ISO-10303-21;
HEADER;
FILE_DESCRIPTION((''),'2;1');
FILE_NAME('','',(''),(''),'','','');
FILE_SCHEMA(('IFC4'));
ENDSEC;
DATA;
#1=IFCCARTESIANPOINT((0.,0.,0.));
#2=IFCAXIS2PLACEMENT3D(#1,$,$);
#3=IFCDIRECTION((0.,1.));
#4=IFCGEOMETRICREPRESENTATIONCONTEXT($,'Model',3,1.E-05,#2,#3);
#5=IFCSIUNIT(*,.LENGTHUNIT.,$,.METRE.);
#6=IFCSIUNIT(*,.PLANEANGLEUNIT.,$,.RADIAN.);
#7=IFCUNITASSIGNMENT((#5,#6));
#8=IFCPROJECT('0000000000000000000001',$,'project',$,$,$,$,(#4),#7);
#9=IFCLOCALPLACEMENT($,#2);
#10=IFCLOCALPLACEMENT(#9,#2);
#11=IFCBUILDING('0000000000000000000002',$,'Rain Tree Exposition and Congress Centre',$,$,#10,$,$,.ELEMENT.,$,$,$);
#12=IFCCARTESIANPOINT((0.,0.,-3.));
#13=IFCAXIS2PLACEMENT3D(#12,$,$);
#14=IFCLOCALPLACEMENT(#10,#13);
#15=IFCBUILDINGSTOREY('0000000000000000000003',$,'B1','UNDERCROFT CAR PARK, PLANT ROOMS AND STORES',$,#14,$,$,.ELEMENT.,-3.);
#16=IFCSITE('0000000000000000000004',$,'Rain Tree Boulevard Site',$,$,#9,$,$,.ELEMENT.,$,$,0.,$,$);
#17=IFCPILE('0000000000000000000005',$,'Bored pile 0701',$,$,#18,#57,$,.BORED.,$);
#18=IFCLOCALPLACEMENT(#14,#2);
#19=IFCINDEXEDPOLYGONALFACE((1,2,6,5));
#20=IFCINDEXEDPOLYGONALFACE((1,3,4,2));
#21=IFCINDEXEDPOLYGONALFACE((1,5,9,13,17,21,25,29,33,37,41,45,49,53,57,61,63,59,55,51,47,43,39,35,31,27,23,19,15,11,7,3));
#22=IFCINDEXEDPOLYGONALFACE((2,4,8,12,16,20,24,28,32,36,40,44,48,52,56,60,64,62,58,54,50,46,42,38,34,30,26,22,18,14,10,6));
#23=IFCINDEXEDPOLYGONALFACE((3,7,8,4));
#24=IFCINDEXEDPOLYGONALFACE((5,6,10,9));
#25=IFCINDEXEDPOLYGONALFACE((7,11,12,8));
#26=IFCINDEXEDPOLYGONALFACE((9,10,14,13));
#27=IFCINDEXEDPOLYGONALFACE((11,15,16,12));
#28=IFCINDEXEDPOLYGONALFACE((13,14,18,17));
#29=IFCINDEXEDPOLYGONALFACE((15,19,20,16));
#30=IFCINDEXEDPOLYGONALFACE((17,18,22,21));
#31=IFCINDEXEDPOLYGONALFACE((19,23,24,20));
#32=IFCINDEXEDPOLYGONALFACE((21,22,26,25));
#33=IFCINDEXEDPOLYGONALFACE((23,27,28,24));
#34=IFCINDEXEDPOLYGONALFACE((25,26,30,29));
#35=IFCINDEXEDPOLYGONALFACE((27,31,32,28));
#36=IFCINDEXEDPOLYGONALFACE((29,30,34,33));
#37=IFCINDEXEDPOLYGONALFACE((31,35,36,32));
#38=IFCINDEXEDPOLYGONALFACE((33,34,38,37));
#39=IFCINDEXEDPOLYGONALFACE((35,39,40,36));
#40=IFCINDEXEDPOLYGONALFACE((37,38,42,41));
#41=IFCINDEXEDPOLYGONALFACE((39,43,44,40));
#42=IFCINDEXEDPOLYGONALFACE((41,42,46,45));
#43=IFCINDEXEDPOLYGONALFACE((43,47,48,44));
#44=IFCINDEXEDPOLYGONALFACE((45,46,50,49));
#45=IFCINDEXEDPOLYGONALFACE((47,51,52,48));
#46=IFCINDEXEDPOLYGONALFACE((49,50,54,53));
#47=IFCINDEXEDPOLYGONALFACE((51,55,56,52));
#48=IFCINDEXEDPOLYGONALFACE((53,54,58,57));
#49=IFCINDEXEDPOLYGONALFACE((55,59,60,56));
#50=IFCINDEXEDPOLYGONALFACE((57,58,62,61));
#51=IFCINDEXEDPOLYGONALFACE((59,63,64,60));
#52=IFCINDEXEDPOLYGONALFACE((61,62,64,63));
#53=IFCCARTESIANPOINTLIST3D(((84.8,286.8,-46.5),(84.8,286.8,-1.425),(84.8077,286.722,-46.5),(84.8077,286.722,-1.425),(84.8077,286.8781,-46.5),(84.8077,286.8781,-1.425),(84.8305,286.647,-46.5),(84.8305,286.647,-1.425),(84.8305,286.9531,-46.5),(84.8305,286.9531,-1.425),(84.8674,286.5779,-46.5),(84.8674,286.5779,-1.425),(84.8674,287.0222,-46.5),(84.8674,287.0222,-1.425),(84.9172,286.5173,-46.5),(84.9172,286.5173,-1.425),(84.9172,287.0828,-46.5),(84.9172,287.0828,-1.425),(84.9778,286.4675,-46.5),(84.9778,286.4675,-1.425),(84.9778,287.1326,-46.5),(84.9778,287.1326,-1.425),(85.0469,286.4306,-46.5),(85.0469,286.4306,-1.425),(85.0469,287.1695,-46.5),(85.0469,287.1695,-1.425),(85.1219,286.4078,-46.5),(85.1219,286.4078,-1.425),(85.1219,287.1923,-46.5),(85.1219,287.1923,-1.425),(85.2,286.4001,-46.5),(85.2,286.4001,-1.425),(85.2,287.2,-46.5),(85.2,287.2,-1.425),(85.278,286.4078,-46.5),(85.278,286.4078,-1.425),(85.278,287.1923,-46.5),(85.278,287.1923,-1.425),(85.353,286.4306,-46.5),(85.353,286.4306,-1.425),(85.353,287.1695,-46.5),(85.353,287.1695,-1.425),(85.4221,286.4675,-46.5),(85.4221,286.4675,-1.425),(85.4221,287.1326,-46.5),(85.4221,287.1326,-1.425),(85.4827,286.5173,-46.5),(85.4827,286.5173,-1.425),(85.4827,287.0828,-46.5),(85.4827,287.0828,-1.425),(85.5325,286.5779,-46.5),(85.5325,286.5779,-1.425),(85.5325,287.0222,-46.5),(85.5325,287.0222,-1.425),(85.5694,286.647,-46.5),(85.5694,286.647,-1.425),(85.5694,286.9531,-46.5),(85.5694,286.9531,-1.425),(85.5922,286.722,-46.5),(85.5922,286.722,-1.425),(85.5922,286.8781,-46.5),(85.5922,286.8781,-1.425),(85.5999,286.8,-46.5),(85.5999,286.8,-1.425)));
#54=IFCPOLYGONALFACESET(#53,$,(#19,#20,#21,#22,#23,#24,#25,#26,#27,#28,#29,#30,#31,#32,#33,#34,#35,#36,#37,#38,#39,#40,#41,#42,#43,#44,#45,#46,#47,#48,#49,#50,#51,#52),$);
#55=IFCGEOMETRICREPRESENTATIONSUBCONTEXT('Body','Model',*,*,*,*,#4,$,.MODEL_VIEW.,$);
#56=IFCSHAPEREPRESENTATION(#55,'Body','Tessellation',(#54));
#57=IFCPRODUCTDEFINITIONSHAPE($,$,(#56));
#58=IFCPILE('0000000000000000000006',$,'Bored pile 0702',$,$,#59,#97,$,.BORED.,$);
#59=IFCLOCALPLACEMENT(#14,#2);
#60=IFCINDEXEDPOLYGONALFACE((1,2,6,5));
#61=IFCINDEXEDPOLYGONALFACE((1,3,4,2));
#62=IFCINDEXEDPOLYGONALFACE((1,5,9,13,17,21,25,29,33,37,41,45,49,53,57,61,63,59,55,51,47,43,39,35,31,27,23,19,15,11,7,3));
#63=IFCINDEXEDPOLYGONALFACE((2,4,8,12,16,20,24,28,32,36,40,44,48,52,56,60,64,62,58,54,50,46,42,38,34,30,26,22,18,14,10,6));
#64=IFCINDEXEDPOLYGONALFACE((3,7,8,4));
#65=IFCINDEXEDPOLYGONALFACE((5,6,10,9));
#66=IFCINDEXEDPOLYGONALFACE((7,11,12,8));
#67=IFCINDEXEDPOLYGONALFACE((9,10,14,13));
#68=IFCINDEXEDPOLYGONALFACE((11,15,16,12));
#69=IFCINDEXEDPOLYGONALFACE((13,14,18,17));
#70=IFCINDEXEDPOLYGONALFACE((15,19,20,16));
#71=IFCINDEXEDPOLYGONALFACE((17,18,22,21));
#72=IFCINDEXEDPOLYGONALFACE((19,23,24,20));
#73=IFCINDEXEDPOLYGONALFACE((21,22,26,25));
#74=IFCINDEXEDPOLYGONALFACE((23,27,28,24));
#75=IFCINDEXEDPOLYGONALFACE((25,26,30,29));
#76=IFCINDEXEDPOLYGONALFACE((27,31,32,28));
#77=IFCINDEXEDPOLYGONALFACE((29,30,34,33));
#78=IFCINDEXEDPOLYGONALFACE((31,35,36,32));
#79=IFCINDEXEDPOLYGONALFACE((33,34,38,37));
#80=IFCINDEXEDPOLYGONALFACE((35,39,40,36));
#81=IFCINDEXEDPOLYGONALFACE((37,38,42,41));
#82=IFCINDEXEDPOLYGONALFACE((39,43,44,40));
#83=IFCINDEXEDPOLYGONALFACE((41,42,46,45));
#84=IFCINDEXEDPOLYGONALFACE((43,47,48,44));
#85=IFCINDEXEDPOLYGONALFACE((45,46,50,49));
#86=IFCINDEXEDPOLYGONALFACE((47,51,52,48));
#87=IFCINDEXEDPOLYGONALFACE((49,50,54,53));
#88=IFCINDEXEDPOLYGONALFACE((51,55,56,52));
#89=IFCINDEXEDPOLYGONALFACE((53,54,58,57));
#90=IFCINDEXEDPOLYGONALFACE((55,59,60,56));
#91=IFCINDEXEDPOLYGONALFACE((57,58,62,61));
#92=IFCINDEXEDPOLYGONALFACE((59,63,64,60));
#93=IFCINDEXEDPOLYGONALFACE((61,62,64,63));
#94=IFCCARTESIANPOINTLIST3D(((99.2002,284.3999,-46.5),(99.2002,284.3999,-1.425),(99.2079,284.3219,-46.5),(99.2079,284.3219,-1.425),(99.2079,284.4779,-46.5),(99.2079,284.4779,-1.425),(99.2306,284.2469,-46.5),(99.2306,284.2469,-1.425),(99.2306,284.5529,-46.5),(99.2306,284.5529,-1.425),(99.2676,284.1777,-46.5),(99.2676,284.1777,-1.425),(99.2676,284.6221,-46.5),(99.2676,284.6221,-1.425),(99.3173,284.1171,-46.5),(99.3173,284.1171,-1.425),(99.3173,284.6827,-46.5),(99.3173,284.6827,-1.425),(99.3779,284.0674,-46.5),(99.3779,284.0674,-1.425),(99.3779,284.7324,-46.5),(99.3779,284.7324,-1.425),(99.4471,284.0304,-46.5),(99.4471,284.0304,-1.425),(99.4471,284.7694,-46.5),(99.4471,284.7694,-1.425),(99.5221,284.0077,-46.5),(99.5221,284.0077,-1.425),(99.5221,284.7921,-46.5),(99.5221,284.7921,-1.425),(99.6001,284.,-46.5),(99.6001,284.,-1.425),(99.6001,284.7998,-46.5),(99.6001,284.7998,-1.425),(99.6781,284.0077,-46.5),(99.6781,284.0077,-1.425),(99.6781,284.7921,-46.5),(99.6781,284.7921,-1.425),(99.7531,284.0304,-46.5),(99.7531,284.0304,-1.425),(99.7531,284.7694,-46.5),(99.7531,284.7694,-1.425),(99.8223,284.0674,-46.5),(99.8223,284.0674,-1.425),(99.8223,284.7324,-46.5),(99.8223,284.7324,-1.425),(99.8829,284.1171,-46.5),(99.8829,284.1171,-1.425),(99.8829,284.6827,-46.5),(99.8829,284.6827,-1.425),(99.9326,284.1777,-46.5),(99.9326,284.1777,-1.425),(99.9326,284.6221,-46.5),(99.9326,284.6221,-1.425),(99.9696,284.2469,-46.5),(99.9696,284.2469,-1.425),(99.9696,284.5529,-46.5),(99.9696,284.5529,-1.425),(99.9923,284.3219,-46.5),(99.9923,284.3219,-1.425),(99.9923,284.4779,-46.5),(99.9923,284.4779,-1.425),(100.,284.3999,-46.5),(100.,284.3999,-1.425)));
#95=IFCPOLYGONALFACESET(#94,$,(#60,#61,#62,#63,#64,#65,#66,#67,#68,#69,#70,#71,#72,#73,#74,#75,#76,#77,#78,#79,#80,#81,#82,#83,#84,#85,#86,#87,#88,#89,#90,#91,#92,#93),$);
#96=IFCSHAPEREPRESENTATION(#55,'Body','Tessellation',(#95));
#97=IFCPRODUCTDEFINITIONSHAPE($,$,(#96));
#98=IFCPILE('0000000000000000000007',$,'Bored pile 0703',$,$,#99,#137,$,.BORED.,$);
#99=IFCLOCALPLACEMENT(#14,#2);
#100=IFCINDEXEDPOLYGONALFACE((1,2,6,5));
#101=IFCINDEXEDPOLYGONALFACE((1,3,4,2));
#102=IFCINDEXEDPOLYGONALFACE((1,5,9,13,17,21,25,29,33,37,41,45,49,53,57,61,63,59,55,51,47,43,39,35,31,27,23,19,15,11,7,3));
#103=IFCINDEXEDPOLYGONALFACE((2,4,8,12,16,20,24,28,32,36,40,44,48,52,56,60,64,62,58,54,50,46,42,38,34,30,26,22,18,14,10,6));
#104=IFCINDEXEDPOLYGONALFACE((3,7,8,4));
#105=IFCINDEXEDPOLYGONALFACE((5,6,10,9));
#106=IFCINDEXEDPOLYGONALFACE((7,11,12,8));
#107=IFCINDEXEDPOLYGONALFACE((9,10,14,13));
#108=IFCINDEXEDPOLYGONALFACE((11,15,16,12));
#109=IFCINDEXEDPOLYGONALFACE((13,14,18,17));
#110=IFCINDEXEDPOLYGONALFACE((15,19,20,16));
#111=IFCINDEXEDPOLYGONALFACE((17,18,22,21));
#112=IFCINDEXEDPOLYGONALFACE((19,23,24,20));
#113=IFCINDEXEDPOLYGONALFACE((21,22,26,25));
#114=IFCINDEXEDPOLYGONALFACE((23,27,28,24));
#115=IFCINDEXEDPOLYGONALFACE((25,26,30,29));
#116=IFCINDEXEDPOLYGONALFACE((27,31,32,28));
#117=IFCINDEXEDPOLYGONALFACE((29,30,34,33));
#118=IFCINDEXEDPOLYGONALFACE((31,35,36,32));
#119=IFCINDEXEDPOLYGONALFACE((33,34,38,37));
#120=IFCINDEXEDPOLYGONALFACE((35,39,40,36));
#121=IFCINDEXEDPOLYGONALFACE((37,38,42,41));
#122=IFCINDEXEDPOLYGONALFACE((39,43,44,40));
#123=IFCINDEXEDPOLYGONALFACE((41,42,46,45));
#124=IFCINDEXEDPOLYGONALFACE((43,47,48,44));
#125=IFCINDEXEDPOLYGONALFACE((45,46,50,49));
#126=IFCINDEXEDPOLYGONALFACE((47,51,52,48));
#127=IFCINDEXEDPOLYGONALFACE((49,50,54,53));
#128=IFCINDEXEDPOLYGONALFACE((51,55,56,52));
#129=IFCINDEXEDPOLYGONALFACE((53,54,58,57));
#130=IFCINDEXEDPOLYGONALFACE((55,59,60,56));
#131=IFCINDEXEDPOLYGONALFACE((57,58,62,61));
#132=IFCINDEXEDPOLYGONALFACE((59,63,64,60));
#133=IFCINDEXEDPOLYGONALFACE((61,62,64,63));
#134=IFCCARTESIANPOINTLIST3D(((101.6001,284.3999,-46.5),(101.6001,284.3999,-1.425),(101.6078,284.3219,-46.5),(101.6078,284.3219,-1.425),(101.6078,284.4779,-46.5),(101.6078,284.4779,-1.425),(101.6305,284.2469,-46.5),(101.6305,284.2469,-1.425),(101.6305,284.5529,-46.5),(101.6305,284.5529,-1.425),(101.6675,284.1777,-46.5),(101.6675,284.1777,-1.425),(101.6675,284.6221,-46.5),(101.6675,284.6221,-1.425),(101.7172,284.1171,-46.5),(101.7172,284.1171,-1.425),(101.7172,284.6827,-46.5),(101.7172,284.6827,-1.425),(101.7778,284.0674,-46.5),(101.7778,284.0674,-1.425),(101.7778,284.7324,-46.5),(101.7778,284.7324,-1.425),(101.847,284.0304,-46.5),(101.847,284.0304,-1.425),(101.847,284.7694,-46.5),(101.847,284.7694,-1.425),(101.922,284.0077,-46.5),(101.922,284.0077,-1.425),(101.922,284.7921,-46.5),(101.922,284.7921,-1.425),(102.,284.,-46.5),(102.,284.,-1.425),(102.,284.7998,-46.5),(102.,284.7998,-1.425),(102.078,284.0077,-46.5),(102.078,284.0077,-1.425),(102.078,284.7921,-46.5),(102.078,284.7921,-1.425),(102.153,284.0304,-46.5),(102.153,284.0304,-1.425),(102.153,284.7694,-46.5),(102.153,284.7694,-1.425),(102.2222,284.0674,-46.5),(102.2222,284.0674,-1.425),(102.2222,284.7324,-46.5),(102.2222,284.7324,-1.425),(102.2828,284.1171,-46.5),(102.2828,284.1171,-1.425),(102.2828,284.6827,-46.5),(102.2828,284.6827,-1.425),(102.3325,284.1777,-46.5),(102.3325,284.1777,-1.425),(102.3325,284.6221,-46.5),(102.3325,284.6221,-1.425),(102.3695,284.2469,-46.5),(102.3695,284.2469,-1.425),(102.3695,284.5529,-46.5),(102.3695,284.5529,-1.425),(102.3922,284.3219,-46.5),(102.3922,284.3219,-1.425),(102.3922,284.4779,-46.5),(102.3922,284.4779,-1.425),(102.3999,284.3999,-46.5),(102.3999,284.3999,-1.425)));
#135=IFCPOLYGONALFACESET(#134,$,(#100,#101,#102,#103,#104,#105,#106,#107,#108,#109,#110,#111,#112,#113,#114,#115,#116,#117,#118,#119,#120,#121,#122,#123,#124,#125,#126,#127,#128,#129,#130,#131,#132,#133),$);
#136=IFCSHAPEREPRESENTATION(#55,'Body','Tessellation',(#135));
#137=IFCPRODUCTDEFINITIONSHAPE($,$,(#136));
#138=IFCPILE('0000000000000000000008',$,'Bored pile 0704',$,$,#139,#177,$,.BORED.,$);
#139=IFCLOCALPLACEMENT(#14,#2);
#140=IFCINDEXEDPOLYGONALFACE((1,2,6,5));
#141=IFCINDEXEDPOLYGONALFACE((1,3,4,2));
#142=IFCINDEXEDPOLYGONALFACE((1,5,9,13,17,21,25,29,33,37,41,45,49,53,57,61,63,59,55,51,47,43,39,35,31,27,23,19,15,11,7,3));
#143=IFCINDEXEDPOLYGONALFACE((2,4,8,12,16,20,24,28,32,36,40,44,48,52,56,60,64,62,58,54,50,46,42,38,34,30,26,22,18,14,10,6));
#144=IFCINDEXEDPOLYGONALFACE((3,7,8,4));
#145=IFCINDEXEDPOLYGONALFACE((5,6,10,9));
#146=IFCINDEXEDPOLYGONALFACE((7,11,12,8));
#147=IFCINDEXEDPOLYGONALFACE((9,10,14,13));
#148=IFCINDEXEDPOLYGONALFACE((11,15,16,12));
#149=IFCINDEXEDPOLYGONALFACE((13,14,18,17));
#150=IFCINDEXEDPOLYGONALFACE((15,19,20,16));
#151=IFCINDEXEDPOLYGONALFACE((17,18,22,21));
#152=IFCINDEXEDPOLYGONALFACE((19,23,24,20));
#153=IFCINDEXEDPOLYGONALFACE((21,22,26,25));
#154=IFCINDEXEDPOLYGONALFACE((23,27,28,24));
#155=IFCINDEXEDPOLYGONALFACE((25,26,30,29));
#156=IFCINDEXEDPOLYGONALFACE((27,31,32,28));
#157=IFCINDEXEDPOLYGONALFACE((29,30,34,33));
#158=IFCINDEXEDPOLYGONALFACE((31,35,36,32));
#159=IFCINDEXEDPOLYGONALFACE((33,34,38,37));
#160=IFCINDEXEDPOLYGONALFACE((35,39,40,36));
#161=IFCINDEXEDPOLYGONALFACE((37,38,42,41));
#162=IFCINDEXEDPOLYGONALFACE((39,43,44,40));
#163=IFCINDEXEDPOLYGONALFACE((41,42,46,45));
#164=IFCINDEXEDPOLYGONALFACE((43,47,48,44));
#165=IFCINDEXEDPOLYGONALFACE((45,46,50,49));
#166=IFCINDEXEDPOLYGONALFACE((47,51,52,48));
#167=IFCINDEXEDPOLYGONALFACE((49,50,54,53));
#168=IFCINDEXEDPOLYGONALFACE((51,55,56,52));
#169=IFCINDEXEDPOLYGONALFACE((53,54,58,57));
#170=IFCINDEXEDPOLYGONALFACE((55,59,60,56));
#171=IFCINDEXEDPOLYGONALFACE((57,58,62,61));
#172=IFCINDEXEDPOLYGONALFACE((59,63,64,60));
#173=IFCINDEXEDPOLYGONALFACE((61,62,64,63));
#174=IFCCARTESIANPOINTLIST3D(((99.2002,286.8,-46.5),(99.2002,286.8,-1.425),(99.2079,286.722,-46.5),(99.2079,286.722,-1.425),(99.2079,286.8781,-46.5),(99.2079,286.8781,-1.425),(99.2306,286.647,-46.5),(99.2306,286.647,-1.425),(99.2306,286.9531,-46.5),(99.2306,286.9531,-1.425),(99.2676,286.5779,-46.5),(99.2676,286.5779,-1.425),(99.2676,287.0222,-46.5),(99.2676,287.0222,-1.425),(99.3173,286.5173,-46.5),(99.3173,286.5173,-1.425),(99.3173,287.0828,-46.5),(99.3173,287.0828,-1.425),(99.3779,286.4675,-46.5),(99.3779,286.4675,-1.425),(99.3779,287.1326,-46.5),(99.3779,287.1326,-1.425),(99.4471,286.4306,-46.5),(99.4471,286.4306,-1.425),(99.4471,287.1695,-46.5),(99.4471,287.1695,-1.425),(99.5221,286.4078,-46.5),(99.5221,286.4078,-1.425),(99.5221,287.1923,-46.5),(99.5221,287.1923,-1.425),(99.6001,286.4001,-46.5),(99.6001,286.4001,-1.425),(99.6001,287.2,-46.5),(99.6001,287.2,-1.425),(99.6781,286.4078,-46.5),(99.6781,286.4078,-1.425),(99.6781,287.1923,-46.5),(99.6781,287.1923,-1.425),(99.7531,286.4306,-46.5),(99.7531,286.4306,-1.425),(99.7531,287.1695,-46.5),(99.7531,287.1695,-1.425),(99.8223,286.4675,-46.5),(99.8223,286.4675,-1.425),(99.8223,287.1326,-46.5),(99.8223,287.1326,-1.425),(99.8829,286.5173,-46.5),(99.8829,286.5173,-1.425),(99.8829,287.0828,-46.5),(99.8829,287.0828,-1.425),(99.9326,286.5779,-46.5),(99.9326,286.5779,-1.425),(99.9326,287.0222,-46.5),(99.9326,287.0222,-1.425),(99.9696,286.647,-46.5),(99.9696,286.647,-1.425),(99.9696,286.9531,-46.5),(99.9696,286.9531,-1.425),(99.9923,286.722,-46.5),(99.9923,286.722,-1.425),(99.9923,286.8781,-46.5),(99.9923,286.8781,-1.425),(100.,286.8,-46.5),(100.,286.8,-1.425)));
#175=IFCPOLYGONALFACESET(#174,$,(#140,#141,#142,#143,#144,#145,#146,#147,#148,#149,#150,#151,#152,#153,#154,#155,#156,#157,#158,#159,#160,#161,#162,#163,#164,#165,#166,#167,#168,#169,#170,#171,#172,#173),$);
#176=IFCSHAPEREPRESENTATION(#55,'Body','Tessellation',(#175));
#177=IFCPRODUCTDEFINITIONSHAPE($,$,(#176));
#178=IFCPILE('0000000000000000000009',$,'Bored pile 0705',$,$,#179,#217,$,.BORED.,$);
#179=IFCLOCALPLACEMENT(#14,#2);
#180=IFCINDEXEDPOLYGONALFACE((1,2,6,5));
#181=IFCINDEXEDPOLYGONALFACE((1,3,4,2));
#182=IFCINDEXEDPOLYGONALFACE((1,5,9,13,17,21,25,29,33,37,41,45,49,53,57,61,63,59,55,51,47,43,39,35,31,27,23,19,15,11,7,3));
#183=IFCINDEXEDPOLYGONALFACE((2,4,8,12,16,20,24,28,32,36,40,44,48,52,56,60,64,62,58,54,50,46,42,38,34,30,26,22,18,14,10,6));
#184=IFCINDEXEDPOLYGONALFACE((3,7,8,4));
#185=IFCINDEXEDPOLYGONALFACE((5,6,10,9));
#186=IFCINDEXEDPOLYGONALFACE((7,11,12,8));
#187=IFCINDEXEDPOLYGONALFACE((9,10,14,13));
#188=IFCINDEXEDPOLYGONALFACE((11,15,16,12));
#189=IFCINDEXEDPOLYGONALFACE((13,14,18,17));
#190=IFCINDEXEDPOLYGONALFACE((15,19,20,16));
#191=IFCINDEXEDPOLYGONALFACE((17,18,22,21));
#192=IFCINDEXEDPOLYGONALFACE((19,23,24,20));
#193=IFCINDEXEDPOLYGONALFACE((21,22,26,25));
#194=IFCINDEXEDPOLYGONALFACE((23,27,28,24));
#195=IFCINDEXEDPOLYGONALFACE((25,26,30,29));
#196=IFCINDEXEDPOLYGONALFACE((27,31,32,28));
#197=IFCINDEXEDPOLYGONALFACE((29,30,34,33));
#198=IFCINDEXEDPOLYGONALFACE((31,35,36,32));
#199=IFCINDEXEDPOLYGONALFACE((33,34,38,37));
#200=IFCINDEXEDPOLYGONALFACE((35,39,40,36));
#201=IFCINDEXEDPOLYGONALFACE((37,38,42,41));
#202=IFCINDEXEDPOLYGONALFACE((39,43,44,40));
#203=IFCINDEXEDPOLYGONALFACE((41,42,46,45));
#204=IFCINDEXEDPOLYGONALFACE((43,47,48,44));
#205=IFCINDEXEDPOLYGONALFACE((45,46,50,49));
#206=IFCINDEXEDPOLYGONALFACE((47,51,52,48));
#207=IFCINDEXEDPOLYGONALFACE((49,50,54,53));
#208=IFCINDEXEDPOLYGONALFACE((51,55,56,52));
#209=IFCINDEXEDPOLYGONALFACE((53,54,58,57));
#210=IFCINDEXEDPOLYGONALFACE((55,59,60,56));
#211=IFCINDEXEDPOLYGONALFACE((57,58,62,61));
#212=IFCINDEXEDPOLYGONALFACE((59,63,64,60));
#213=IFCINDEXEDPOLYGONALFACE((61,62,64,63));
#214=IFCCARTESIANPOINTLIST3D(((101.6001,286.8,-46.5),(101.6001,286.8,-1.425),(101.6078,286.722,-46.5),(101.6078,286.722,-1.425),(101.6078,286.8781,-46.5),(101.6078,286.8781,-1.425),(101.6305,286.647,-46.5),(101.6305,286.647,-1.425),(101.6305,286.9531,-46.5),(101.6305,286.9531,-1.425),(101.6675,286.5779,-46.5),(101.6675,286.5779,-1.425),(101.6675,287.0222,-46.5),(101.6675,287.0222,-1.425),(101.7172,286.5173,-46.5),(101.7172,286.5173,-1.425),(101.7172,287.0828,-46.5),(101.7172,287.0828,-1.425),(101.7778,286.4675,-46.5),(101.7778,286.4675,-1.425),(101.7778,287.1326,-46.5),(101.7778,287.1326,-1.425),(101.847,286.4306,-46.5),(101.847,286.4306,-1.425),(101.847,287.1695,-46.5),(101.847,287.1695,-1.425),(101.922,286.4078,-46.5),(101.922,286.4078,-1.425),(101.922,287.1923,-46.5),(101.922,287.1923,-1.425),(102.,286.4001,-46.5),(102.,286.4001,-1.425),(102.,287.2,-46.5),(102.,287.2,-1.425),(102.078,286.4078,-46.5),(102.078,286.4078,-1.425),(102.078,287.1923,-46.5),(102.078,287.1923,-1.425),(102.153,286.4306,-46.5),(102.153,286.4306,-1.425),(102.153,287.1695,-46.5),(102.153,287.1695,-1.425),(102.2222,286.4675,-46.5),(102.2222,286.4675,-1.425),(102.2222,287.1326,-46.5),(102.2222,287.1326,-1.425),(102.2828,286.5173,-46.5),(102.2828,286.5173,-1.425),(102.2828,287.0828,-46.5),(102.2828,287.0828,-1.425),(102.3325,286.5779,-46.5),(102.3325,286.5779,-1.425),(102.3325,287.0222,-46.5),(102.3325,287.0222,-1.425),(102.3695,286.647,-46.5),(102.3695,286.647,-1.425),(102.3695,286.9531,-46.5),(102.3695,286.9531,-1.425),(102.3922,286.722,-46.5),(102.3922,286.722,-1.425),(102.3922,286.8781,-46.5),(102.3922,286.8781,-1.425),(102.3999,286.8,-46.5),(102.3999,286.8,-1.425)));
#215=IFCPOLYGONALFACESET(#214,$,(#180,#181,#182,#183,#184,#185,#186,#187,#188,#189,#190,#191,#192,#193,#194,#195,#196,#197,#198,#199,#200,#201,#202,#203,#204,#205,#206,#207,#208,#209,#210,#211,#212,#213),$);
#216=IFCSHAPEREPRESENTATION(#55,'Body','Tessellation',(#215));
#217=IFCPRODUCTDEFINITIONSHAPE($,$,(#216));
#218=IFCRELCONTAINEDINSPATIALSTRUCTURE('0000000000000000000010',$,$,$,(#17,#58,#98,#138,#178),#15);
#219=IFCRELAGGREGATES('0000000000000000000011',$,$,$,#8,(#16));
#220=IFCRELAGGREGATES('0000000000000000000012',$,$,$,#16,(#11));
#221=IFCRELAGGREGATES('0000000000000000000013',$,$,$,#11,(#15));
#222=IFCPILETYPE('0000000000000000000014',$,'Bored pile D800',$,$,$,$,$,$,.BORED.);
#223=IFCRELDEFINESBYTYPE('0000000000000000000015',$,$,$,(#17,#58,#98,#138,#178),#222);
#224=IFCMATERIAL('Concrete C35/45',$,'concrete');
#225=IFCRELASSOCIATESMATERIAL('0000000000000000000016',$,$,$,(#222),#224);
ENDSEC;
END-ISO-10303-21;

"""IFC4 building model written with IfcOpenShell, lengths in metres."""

from ifc_helpers import new_model, si_unit, direction, frame, origin, origin_2d, place, context, subcontext, project, spatial, circle, extrude, material, material_profile, profile_set, type_object, element, save


model = new_model("IFC4")

# Units and contexts
model_context = context("Model", 3, precision=1e-05, world=origin(), true_north=direction((0.0, 1.0)))
body_context = subcontext(model_context, "Body", "Model", "MODEL_VIEW")
ifc_project = project(units=[si_unit("LENGTHUNIT", "METRE"), si_unit("PLANEANGLEUNIT", "RADIAN")], contexts=[model_context])

# Site, building, storey
site_placement = place(None, origin())
site = spatial("IfcSite", under=ifc_project, at=site_placement, Name="Rain Tree Boulevard Site", CompositionType="ELEMENT", RefElevation=0.0)
building_placement = place(site_placement, origin())
building = spatial("IfcBuilding", under=site, at=building_placement, Name="Rain Tree Exposition and Congress Centre", CompositionType="ELEMENT")
storey_placement = place(building_placement, frame((0.0, 0.0, -3.0)))
storey = spatial("IfcBuildingStorey", under=building, at=storey_placement, Name="B1", Description="UNDERCROFT CAR PARK, PLANT ROOMS AND STORES", CompositionType="ELEMENT", Elevation=-3.0)

# Piles
ifc_material_1 = material(Name="Concrete C35/45", Category="concrete")
ifc_material_profile_1 = material_profile(ifc_material_1, circle(Radius=0.3999, at=origin_2d()), Name="D800")
ifc_profile_set_1 = profile_set([ifc_material_profile_1], Name="Concrete C35/45")
pile_type_1 = type_object("IfcPileType", Name="Bored pile D800", PredefinedType="BORED", material=ifc_profile_set_1)
for number, where, z_axis, x_axis, name in (
    (1, (85.2, 286.8, -1.425), (0.0, 0.0, -1.0), (1.0, 0.0, 0.0), "Bored pile 0701"),
    (2, (99.6001, 284.3999, -1.425), (0.0, 0.0, -1.0), (1.0, 0.0, 0.0), "Bored pile 0702"),
    (3, (102.0, 284.3999, -1.425), (0.0, 0.0, -1.0), (1.0, 0.0, 0.0), "Bored pile 0703"),
    (4, (99.6001, 286.8, -1.425), (0.0, 0.0, -1.0), (1.0, 0.0, 0.0), "Bored pile 0704"),
    (5, (102.0, 286.8, -1.425), (0.0, 0.0, -1.0), (1.0, 0.0, 0.0), "Bored pile 0705"),
):
    element("IfcPile", number, at=place(storey_placement, frame(where, z_axis=z_axis, x_axis=x_axis)), inside=storey, type_object=pile_type_1, Name=name, PredefinedType="BORED", context=body_context, shape_type="SweptSolid", body=[
        extrude(circle(Radius=0.3999, at=origin_2d()), origin(), (0.0, 0.0, 1.0), 45.075),
    ])

save(model, "model.ifc")
